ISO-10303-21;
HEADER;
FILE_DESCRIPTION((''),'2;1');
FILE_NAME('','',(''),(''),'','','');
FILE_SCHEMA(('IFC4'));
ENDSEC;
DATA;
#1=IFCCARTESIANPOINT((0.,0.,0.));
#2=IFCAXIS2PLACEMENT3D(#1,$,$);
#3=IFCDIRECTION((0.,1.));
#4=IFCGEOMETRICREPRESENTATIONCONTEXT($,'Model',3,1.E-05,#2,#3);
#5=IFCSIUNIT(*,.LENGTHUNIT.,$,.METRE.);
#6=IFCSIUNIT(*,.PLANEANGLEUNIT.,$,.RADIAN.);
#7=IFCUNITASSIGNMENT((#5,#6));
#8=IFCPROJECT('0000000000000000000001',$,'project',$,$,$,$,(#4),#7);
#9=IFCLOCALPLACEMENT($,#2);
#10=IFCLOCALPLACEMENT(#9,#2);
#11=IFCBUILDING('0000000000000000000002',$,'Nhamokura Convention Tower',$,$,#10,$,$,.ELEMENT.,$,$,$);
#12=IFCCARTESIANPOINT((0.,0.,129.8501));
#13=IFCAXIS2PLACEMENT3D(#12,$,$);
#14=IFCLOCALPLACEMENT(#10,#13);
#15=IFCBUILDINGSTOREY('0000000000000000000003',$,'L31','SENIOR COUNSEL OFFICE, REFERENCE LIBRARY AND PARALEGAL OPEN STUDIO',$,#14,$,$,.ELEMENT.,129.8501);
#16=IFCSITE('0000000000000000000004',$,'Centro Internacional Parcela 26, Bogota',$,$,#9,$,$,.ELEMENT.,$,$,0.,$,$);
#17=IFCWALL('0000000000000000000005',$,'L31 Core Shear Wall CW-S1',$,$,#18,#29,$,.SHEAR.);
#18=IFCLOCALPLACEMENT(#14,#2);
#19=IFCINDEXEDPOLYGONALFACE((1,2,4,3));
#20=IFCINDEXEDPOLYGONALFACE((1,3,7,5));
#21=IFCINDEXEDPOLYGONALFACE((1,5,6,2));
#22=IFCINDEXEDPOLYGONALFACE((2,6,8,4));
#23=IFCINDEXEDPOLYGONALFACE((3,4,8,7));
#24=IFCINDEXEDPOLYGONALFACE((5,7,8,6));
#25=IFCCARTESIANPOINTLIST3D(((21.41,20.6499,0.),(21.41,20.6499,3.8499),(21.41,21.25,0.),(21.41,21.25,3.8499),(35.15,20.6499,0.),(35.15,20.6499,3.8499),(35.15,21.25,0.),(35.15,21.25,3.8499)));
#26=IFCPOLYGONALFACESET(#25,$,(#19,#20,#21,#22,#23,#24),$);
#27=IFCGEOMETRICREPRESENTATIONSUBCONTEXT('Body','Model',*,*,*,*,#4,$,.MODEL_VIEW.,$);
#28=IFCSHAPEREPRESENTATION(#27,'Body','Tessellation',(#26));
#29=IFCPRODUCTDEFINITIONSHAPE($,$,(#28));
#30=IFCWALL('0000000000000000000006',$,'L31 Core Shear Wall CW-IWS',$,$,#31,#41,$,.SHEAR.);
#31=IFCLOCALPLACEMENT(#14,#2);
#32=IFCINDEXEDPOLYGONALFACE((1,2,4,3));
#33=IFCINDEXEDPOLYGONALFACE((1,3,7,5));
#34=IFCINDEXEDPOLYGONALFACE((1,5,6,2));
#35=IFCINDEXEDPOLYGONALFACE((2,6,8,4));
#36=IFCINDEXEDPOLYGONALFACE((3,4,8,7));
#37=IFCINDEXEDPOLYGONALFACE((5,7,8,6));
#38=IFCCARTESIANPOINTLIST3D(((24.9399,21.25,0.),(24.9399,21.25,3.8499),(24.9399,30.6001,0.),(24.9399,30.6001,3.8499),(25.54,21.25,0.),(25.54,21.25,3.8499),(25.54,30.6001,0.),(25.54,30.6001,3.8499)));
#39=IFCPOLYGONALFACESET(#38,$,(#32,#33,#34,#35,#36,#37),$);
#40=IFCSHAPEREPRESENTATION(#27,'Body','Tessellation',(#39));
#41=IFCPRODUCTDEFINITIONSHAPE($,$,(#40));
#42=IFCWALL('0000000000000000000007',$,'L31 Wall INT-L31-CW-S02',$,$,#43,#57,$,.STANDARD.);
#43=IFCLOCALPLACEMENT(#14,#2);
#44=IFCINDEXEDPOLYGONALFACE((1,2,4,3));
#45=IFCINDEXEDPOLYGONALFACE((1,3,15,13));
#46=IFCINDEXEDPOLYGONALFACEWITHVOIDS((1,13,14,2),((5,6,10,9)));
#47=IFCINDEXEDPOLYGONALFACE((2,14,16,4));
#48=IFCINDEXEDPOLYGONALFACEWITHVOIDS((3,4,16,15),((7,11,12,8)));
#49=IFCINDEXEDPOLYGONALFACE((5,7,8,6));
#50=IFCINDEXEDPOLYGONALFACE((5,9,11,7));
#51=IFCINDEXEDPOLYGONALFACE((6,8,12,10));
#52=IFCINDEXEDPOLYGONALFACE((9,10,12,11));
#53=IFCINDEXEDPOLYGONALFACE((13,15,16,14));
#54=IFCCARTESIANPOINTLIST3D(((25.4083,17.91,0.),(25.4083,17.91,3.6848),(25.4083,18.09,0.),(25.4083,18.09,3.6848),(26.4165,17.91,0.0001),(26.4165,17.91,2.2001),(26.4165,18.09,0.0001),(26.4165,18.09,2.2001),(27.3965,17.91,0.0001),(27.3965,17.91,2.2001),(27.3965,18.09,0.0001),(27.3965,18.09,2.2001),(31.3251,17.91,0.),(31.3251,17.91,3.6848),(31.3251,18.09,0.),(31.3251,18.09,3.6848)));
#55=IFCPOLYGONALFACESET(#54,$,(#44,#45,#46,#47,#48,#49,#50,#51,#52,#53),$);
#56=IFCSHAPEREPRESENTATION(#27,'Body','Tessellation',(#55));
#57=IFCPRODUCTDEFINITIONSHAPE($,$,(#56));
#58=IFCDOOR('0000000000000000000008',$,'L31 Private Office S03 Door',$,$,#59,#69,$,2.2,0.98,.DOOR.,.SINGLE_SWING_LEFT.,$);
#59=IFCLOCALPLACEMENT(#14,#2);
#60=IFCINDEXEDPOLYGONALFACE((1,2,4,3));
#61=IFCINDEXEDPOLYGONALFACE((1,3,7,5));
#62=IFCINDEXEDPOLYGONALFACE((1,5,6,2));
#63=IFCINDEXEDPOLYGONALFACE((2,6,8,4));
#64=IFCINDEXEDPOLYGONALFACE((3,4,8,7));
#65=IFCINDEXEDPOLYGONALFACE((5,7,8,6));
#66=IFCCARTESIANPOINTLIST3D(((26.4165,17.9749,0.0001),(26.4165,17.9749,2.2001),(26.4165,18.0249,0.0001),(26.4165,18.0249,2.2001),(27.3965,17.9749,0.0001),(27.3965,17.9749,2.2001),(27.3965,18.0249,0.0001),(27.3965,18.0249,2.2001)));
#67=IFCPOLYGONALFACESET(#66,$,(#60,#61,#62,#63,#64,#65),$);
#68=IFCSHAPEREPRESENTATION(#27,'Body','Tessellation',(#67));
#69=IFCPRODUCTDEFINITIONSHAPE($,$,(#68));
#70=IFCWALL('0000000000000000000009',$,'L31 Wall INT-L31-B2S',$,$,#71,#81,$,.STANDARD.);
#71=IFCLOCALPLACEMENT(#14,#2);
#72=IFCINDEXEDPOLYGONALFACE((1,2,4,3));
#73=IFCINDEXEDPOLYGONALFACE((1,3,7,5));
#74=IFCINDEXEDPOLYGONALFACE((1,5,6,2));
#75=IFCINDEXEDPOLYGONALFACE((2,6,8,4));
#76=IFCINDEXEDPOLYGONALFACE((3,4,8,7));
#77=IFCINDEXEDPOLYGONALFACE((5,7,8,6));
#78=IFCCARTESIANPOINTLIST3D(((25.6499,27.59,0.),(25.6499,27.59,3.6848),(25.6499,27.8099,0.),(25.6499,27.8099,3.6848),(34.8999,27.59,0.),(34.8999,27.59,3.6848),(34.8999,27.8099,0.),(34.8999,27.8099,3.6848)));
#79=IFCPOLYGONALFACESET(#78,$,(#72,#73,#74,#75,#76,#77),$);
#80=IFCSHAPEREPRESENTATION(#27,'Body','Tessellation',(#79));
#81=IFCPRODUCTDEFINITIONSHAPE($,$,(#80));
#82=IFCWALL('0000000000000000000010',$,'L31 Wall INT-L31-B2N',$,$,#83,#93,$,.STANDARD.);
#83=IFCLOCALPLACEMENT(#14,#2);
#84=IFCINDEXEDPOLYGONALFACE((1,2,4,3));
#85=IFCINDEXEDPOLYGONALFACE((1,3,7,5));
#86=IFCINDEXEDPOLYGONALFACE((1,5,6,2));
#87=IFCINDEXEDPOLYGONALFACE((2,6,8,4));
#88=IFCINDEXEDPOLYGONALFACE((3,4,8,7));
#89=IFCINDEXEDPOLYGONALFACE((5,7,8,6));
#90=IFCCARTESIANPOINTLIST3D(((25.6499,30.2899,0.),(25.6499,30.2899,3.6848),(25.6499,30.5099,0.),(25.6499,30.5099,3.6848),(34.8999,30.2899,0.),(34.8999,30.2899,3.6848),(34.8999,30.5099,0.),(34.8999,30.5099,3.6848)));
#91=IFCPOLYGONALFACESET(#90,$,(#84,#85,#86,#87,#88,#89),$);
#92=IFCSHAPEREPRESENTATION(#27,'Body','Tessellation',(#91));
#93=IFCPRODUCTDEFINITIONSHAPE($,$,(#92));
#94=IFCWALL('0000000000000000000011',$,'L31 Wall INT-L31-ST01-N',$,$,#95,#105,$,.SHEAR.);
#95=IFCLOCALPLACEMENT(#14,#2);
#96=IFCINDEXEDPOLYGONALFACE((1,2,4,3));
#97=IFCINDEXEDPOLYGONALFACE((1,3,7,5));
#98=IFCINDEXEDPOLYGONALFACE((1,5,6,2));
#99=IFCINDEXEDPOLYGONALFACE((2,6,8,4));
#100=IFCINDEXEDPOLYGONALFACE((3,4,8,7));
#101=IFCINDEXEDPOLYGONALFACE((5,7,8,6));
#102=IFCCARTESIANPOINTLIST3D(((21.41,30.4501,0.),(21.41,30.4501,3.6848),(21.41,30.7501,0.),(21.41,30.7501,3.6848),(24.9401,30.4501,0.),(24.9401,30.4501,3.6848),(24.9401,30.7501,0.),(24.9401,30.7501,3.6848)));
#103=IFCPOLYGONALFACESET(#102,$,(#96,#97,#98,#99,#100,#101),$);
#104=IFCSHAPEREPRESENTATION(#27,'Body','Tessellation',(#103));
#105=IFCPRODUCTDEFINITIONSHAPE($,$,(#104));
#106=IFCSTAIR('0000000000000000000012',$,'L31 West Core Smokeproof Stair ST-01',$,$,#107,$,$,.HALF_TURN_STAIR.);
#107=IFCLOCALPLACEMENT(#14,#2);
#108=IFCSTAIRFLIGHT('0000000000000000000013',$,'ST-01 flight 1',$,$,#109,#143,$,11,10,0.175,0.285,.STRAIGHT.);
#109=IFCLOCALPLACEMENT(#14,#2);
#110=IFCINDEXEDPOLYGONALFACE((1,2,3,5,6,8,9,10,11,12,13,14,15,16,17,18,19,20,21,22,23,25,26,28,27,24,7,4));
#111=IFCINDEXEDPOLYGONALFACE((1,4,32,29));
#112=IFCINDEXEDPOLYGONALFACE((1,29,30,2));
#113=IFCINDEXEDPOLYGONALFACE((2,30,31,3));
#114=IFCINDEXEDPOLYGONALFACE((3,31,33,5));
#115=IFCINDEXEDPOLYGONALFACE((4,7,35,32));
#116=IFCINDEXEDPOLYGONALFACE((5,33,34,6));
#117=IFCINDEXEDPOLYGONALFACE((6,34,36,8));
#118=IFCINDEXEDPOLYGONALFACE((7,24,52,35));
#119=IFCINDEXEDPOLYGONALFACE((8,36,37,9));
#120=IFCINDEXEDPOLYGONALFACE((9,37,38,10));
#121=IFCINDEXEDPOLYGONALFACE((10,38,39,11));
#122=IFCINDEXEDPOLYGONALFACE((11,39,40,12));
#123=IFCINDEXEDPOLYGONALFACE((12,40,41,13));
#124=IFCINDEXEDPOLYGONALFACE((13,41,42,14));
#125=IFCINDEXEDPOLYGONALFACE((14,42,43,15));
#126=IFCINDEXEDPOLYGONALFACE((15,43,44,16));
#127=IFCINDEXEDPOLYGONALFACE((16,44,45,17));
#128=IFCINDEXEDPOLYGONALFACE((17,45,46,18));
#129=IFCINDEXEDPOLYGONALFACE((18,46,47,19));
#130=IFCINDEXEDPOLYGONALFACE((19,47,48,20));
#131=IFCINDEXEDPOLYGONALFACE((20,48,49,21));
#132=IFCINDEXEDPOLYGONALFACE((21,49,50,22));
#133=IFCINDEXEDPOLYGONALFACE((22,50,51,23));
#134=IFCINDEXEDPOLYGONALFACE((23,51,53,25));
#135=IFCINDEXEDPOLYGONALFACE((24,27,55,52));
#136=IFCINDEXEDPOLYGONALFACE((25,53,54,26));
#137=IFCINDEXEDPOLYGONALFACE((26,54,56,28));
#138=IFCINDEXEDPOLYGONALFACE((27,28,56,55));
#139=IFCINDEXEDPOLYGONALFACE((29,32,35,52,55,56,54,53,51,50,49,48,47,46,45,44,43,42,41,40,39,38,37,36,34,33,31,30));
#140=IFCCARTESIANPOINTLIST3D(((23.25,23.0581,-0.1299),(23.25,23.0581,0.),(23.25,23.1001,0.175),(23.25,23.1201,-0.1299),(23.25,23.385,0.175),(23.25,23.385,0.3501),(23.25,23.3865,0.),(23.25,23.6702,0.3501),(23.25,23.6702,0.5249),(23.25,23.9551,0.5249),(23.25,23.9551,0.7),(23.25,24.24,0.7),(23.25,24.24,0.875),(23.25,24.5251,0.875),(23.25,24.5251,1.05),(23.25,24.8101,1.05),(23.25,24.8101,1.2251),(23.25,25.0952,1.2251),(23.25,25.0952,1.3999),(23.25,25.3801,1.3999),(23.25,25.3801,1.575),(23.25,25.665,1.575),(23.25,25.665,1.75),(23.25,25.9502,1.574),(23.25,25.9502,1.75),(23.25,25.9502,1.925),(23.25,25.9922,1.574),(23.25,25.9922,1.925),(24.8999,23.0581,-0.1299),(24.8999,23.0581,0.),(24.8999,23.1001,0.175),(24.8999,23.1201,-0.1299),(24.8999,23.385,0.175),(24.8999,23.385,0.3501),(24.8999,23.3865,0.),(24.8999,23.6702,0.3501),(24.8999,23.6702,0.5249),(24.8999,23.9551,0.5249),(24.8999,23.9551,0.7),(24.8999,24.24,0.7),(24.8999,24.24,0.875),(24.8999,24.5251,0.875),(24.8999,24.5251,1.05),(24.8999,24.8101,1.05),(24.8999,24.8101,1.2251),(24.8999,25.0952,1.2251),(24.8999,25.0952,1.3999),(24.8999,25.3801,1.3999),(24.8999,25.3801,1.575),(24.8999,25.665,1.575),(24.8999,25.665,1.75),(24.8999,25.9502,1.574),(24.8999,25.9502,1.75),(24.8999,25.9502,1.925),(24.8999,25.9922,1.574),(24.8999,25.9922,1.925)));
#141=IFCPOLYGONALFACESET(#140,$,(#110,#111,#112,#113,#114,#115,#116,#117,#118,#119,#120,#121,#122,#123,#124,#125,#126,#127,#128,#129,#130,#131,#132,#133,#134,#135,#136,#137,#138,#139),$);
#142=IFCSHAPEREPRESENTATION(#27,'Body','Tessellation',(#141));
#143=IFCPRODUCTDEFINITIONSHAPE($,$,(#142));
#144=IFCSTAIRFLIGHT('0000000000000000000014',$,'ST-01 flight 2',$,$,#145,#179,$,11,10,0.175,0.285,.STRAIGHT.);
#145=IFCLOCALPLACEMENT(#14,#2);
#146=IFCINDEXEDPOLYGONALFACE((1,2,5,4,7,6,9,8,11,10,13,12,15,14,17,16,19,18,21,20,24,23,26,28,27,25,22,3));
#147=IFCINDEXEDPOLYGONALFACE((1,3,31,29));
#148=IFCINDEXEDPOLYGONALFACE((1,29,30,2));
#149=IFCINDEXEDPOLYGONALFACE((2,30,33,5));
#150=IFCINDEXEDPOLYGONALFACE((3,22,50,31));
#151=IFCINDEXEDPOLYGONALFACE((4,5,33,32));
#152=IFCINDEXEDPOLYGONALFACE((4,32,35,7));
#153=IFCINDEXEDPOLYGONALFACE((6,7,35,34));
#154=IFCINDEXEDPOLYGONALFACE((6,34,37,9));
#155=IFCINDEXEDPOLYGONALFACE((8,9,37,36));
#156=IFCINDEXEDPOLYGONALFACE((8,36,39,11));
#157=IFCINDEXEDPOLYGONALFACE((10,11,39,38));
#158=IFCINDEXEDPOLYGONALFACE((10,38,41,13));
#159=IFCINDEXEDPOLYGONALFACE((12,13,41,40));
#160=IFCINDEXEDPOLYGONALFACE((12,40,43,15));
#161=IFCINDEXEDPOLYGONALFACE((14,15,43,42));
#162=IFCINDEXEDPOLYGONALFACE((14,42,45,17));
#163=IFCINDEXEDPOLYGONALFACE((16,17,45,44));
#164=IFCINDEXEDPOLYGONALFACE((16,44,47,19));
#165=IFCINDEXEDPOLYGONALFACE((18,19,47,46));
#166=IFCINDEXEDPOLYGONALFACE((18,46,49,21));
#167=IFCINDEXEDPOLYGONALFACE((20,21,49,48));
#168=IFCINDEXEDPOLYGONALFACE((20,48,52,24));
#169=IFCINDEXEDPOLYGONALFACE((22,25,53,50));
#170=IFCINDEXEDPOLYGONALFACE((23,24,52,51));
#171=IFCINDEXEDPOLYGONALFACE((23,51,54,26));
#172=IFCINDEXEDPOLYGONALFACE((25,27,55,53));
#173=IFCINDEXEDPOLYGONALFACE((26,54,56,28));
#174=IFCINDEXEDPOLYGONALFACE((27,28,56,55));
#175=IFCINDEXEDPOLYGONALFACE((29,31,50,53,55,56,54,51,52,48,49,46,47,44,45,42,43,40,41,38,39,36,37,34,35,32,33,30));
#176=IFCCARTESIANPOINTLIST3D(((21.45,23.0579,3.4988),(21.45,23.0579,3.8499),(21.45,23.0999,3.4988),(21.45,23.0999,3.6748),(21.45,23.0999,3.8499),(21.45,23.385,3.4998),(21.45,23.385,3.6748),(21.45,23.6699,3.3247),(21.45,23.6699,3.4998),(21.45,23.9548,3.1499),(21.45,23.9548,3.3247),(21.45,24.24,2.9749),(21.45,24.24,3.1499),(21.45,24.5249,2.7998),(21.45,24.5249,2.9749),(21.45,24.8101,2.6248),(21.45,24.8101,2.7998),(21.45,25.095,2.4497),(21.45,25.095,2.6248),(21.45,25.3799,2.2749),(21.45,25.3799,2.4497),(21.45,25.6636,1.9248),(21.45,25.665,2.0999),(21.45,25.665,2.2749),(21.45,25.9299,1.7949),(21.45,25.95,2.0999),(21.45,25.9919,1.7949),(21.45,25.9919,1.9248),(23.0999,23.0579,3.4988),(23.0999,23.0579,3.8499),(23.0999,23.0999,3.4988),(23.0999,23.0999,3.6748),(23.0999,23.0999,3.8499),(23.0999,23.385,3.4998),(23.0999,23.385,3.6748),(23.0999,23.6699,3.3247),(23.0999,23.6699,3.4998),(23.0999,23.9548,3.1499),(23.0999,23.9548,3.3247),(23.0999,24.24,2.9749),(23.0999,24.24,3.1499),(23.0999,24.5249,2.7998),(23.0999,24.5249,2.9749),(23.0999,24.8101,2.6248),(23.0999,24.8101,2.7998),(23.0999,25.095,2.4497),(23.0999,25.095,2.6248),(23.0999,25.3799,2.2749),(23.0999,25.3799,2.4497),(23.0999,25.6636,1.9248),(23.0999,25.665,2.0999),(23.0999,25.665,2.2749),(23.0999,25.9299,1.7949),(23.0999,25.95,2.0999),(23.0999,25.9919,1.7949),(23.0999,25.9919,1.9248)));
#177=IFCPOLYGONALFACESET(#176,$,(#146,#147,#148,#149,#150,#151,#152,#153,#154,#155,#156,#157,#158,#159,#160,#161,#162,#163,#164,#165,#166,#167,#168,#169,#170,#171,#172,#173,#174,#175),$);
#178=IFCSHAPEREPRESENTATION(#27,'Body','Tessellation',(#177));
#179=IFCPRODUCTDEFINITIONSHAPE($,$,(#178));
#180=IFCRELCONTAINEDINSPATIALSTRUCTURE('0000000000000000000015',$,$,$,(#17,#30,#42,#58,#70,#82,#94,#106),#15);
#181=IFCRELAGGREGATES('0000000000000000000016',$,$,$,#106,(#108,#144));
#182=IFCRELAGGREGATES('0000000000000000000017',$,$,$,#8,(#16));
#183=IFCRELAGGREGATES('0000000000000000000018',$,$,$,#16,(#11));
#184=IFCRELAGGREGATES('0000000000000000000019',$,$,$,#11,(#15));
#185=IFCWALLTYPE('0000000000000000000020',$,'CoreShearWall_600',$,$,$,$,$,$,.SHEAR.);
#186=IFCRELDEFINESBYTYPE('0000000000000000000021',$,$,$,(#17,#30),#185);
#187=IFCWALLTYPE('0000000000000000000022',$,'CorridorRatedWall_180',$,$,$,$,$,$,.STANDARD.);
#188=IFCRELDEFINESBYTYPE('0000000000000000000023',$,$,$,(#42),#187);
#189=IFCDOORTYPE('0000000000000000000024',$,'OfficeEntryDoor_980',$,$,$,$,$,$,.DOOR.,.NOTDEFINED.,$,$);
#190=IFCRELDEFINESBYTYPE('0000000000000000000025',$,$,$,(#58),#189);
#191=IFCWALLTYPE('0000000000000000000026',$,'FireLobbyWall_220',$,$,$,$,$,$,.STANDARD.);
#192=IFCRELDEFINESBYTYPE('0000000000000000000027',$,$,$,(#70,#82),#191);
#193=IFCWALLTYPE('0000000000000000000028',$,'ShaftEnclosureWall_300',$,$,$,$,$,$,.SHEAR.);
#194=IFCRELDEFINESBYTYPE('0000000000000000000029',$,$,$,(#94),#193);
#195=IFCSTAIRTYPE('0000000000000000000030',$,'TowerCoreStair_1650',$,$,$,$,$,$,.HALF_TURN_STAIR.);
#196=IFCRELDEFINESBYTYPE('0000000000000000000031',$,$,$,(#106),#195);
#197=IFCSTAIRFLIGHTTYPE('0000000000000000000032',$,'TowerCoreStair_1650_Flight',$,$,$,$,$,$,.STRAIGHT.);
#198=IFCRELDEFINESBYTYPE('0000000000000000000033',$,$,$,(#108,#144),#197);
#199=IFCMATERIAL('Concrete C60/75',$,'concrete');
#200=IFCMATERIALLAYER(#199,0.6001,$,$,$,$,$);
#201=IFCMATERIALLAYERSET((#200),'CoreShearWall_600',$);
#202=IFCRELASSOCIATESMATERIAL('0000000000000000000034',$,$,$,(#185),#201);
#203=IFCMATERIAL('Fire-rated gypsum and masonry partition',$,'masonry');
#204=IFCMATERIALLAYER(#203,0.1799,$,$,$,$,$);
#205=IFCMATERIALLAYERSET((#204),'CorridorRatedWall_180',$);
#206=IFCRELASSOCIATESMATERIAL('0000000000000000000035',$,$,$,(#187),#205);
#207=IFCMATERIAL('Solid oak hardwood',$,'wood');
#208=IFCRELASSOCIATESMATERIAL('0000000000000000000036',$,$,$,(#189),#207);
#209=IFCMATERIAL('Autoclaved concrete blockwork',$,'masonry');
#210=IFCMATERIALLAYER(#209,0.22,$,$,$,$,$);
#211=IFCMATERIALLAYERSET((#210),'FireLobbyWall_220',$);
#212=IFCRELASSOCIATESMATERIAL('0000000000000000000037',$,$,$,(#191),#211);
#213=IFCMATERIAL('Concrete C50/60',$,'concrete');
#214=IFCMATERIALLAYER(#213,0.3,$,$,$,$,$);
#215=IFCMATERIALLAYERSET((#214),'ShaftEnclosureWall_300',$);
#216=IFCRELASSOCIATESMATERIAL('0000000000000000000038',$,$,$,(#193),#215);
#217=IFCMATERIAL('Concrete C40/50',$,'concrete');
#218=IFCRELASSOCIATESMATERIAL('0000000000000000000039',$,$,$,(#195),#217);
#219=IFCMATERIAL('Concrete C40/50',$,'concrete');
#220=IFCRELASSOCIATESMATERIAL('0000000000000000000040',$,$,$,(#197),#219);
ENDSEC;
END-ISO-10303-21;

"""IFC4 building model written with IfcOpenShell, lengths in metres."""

from ifc_helpers import new_model, si_unit, direction, frame, frame_2d, origin, place, context, subcontext, project, spatial, polyline, rectangle, outline, extrude, material, layer, layer_set, type_object, element, fill, aggregate, save


model = new_model("IFC4")

# Units and contexts
model_context = context("Model", 3, precision=1e-05, world=origin(), true_north=direction((0.0, 1.0)))
body_context = subcontext(model_context, "Body", "Model", "MODEL_VIEW")
ifc_project = project(units=[si_unit("LENGTHUNIT", "METRE"), si_unit("PLANEANGLEUNIT", "RADIAN")], contexts=[model_context])

# Site, building, storey
site_placement = place(None, origin())
site = spatial("IfcSite", under=ifc_project, at=site_placement, Name="Centro Internacional Parcela 26, Bogota", CompositionType="ELEMENT", RefElevation=0.0)
building_placement = place(site_placement, origin())
building = spatial("IfcBuilding", under=site, at=building_placement, Name="Nhamokura Convention Tower", CompositionType="ELEMENT")
storey_placement = place(building_placement, frame((0.0, 0.0, 129.8501)))
storey = spatial("IfcBuildingStorey", under=building, at=storey_placement, Name="L31", Description="SENIOR COUNSEL OFFICE, REFERENCE LIBRARY AND PARALEGAL OPEN STUDIO", CompositionType="ELEMENT", Elevation=129.8501)

# Walls
ifc_material_1 = material(Name="Concrete C60/75", Category="concrete")
ifc_layer_1 = layer(ifc_material_1, 0.6001)
ifc_layer_set_1 = layer_set([ifc_layer_1], Name="CoreShearWall_600")
wall_type_1 = type_object("IfcWallType", Name="CoreShearWall_600", PredefinedType="SHEAR", material=ifc_layer_set_1)
wall_1_placement = place(storey_placement, frame((21.4099, 20.95, 0.0), z_axis=(0.0, 0.0, 1.0), x_axis=(1.0, 0.0, 0.0)))
element("IfcWall", 1, at=wall_1_placement, inside=storey, type_object=wall_type_1, Name="L31 Core Shear Wall CW-S1", PredefinedType="SHEAR", context=body_context, shape_type="SweptSolid", body=[
    extrude(rectangle(XDim=13.74, YDim=0.6001, at=frame_2d((6.8701, 0.0))), origin(), (0.0, 0.0, 1.0), 3.8499),
])
wall_2_placement = place(storey_placement, frame((25.24, 21.25, 0.0), z_axis=(0.0, 0.0, 1.0), x_axis=(0.0, 1.0, 0.0)))
element("IfcWall", 2, at=wall_2_placement, inside=storey, type_object=wall_type_1, Name="L31 Core Shear Wall CW-IWS", PredefinedType="SHEAR", context=body_context, shape_type="SweptSolid", body=[
    extrude(rectangle(XDim=9.3501, YDim=0.6001, at=frame_2d((4.675, 0.0))), origin(), (0.0, 0.0, 1.0), 3.8499),
])

# Wall, opening, door
ifc_material_2 = material(Name="Fire-rated gypsum and masonry partition", Category="masonry")
ifc_layer_2 = layer(ifc_material_2, 0.1799)
ifc_layer_set_2 = layer_set([ifc_layer_2], Name="CorridorRatedWall_180")
wall_type_2 = type_object("IfcWallType", Name="CorridorRatedWall_180", PredefinedType="STANDARD", material=ifc_layer_set_2)
wall_3_placement = place(storey_placement, frame((25.4082, 18.0, 0.0), z_axis=(0.0, 0.0, 1.0), x_axis=(1.0, 0.0, 0.0)))
wall_3 = element("IfcWall", 3, at=wall_3_placement, inside=storey, type_object=wall_type_2, Name="L31 Wall INT-L31-CW-S02", PredefinedType="STANDARD", context=body_context, shape_type="SweptSolid", body=[
    extrude(rectangle(XDim=5.9167, YDim=0.1799, at=frame_2d((2.9585, 0.0))), origin(), (0.0, 0.0, 1.0), 3.6848),
])
opening_1_placement = place(wall_3_placement, frame((1.0083, 0.0, 0.0)))
opening_1 = element("IfcOpeningElement", 4, at=opening_1_placement, cuts=wall_3, PredefinedType="OPENING", context=body_context, shape_type="SweptSolid", body=[
    extrude(rectangle(XDim=0.98, YDim=2.2, at=frame_2d((0.49, 1.1001))), frame((0.0, 0.0999, 0.0), z_axis=(0.0, -1.0, 0.0), x_axis=(1.0, 0.0, 0.0)), (0.0, 0.0, 1.0), 0.2),
])
ifc_material_3 = material(Name="Solid oak hardwood", Category="wood")
door_type_1 = type_object("IfcDoorType", Name="OfficeEntryDoor_980", OperationType="NOTDEFINED", PredefinedType="DOOR", material=ifc_material_3)
door_1_placement = place(opening_1_placement, origin())
door_1 = element("IfcDoor", 5, at=door_1_placement, inside=storey, type_object=door_type_1, Name="L31 Private Office S03 Door", OperationType="SINGLE_SWING_LEFT", OverallHeight=2.2, OverallWidth=0.98, PredefinedType="DOOR", context=body_context, shape_type="SweptSolid", body=[
    extrude(rectangle(XDim=0.98, YDim=2.2, at=frame_2d((0.49, 1.1001))), frame((0.0, 0.0249, 0.0), z_axis=(0.0, -1.0, 0.0), x_axis=(1.0, 0.0, 0.0)), (0.0, 0.0, 1.0), 0.05),
])
fill(opening_1, door_1)

# Shared definitions
ifc_material_4 = material(Name="Autoclaved concrete blockwork", Category="masonry")
ifc_layer_3 = layer(ifc_material_4, 0.22)
ifc_layer_set_3 = layer_set([ifc_layer_3], Name="FireLobbyWall_220")
wall_type_3 = type_object("IfcWallType", Name="FireLobbyWall_220", PredefinedType="STANDARD", material=ifc_layer_set_3)

# Walls
for number, where, z_axis, x_axis, name in (
    (6, (25.6499, 27.7, 0.0), (0.0, 0.0, 1.0), (1.0, 0.0, 0.0), "L31 Wall INT-L31-B2S"),
    (7, (25.6499, 30.3999, 0.0), (0.0, 0.0, 1.0), (1.0, 0.0, 0.0), "L31 Wall INT-L31-B2N"),
):
    element("IfcWall", number, at=place(storey_placement, frame(where, z_axis=z_axis, x_axis=x_axis)), inside=storey, type_object=wall_type_3, Name=name, PredefinedType="STANDARD", context=body_context, shape_type="SweptSolid", body=[
        extrude(rectangle(XDim=9.25, YDim=0.22, at=frame_2d((4.625, 0.0))), origin(), (0.0, 0.0, 1.0), 3.6848),
    ])
ifc_material_5 = material(Name="Concrete C50/60", Category="concrete")
ifc_layer_4 = layer(ifc_material_5, 0.3)
ifc_layer_set_4 = layer_set([ifc_layer_4], Name="ShaftEnclosureWall_300")
wall_type_4 = type_object("IfcWallType", Name="ShaftEnclosureWall_300", PredefinedType="SHEAR", material=ifc_layer_set_4)
wall_4_placement = place(storey_placement, frame((21.4099, 30.6001, 0.0), z_axis=(0.0, 0.0, 1.0), x_axis=(1.0, 0.0, 0.0)))
element("IfcWall", 8, at=wall_4_placement, inside=storey, type_object=wall_type_4, Name="L31 Wall INT-L31-ST01-N", PredefinedType="SHEAR", context=body_context, shape_type="SweptSolid", body=[
    extrude(rectangle(XDim=3.53, YDim=0.3, at=frame_2d((1.7651, 0.0))), origin(), (0.0, 0.0, 1.0), 3.6848),
])

# Stair, stair flights
ifc_material_6 = material(Name="Concrete C40/50", Category="concrete")
stair_type = type_object("IfcStairType", Name="TowerCoreStair_1650", PredefinedType="HALF_TURN_STAIR", material=ifc_material_6)
stair_placement = place(storey_placement, origin())
stair = element("IfcStair", 9, at=stair_placement, inside=storey, type_object=stair_type, Name="L31 West Core Smokeproof Stair ST-01", PredefinedType="HALF_TURN_STAIR")
ifc_material_7 = material(Name="Concrete C40/50", Category="concrete")
stair_flight_type = type_object("IfcStairFlightType", Name="TowerCoreStair_1650_Flight", PredefinedType="STRAIGHT", material=ifc_material_7)
stair_flight_1_placement = place(storey_placement, frame((24.075, 23.1001, 0.0), z_axis=(0.0, 0.0, 1.0), x_axis=(0.0, 1.0, 0.0)))
stair_flight_1 = element("IfcStairFlight", 10, at=stair_flight_1_placement, type_object=stair_flight_type, Name="ST-01 flight 1", NumberOfRisers=11, NumberOfTreads=10, PredefinedType="STRAIGHT", RiserHeight=0.175, TreadLength=0.285, context=body_context, shape_type="SweptSolid", body=[
    extrude(outline(polyline([(-0.042, 0.0), (0.0, 0.175), (0.2849, 0.175), (0.2849, 0.3501), (0.5701, 0.3501), (0.5701, 0.5249), (0.855, 0.5249), (0.855, 0.7), (1.1399, 0.7), (1.1399, 0.875), (1.425, 0.875), (1.425, 1.05), (1.71, 1.05), (1.71, 1.2251), (1.9951, 1.2251), (1.9951, 1.3999), (2.28, 1.3999), (2.28, 1.575), (2.5649, 1.575), (2.5649, 1.75), (2.8501, 1.75), (2.8501, 1.925), (2.8921, 1.925), (2.8921, 1.574), (2.8501, 1.574), (0.2864, 0.0), (0.02, -0.1299), (-0.042, -0.1299), (-0.042, 0.0)])), frame((0.0, 0.825, 0.0), z_axis=(0.0, -1.0, 0.0), x_axis=(1.0, 0.0, 0.0)), (0.0, 0.0, 1.0), 1.6499),
])
stair_flight_2_placement = place(storey_placement, frame((22.2749, 25.95, 1.9248), z_axis=(0.0, 0.0, 1.0), x_axis=(0.0, -1.0, 0.0)))
stair_flight_2 = element("IfcStairFlight", 11, at=stair_flight_2_placement, type_object=stair_flight_type, Name="ST-01 flight 2", NumberOfRisers=11, NumberOfTreads=10, PredefinedType="STRAIGHT", RiserHeight=0.175, TreadLength=0.285, context=body_context, shape_type="SweptSolid", body=[
    extrude(outline(polyline([(-0.042, 0.0), (0.0, 0.175), (0.2849, 0.175), (0.2849, 0.3501), (0.5701, 0.3501), (0.5701, 0.5249), (0.855, 0.5249), (0.855, 0.7), (1.1399, 0.7), (1.1399, 0.875), (1.425, 0.875), (1.425, 1.05), (1.71, 1.05), (1.71, 1.2251), (1.9951, 1.2251), (1.9951, 1.3999), (2.28, 1.3999), (2.28, 1.575), (2.5649, 1.575), (2.5649, 1.75), (2.8501, 1.75), (2.8501, 1.925), (2.8921, 1.925), (2.8921, 1.574), (2.8501, 1.574), (0.2864, 0.0), (0.02, -0.1299), (-0.042, -0.1299), (-0.042, 0.0)])), frame((0.0, 0.825, 0.0), z_axis=(0.0, -1.0, 0.0), x_axis=(1.0, 0.0, 0.0)), (0.0, 0.0, 1.0), 1.6499),
])
aggregate(stair, [stair_flight_1, stair_flight_2])

save(model, "model.ifc")
